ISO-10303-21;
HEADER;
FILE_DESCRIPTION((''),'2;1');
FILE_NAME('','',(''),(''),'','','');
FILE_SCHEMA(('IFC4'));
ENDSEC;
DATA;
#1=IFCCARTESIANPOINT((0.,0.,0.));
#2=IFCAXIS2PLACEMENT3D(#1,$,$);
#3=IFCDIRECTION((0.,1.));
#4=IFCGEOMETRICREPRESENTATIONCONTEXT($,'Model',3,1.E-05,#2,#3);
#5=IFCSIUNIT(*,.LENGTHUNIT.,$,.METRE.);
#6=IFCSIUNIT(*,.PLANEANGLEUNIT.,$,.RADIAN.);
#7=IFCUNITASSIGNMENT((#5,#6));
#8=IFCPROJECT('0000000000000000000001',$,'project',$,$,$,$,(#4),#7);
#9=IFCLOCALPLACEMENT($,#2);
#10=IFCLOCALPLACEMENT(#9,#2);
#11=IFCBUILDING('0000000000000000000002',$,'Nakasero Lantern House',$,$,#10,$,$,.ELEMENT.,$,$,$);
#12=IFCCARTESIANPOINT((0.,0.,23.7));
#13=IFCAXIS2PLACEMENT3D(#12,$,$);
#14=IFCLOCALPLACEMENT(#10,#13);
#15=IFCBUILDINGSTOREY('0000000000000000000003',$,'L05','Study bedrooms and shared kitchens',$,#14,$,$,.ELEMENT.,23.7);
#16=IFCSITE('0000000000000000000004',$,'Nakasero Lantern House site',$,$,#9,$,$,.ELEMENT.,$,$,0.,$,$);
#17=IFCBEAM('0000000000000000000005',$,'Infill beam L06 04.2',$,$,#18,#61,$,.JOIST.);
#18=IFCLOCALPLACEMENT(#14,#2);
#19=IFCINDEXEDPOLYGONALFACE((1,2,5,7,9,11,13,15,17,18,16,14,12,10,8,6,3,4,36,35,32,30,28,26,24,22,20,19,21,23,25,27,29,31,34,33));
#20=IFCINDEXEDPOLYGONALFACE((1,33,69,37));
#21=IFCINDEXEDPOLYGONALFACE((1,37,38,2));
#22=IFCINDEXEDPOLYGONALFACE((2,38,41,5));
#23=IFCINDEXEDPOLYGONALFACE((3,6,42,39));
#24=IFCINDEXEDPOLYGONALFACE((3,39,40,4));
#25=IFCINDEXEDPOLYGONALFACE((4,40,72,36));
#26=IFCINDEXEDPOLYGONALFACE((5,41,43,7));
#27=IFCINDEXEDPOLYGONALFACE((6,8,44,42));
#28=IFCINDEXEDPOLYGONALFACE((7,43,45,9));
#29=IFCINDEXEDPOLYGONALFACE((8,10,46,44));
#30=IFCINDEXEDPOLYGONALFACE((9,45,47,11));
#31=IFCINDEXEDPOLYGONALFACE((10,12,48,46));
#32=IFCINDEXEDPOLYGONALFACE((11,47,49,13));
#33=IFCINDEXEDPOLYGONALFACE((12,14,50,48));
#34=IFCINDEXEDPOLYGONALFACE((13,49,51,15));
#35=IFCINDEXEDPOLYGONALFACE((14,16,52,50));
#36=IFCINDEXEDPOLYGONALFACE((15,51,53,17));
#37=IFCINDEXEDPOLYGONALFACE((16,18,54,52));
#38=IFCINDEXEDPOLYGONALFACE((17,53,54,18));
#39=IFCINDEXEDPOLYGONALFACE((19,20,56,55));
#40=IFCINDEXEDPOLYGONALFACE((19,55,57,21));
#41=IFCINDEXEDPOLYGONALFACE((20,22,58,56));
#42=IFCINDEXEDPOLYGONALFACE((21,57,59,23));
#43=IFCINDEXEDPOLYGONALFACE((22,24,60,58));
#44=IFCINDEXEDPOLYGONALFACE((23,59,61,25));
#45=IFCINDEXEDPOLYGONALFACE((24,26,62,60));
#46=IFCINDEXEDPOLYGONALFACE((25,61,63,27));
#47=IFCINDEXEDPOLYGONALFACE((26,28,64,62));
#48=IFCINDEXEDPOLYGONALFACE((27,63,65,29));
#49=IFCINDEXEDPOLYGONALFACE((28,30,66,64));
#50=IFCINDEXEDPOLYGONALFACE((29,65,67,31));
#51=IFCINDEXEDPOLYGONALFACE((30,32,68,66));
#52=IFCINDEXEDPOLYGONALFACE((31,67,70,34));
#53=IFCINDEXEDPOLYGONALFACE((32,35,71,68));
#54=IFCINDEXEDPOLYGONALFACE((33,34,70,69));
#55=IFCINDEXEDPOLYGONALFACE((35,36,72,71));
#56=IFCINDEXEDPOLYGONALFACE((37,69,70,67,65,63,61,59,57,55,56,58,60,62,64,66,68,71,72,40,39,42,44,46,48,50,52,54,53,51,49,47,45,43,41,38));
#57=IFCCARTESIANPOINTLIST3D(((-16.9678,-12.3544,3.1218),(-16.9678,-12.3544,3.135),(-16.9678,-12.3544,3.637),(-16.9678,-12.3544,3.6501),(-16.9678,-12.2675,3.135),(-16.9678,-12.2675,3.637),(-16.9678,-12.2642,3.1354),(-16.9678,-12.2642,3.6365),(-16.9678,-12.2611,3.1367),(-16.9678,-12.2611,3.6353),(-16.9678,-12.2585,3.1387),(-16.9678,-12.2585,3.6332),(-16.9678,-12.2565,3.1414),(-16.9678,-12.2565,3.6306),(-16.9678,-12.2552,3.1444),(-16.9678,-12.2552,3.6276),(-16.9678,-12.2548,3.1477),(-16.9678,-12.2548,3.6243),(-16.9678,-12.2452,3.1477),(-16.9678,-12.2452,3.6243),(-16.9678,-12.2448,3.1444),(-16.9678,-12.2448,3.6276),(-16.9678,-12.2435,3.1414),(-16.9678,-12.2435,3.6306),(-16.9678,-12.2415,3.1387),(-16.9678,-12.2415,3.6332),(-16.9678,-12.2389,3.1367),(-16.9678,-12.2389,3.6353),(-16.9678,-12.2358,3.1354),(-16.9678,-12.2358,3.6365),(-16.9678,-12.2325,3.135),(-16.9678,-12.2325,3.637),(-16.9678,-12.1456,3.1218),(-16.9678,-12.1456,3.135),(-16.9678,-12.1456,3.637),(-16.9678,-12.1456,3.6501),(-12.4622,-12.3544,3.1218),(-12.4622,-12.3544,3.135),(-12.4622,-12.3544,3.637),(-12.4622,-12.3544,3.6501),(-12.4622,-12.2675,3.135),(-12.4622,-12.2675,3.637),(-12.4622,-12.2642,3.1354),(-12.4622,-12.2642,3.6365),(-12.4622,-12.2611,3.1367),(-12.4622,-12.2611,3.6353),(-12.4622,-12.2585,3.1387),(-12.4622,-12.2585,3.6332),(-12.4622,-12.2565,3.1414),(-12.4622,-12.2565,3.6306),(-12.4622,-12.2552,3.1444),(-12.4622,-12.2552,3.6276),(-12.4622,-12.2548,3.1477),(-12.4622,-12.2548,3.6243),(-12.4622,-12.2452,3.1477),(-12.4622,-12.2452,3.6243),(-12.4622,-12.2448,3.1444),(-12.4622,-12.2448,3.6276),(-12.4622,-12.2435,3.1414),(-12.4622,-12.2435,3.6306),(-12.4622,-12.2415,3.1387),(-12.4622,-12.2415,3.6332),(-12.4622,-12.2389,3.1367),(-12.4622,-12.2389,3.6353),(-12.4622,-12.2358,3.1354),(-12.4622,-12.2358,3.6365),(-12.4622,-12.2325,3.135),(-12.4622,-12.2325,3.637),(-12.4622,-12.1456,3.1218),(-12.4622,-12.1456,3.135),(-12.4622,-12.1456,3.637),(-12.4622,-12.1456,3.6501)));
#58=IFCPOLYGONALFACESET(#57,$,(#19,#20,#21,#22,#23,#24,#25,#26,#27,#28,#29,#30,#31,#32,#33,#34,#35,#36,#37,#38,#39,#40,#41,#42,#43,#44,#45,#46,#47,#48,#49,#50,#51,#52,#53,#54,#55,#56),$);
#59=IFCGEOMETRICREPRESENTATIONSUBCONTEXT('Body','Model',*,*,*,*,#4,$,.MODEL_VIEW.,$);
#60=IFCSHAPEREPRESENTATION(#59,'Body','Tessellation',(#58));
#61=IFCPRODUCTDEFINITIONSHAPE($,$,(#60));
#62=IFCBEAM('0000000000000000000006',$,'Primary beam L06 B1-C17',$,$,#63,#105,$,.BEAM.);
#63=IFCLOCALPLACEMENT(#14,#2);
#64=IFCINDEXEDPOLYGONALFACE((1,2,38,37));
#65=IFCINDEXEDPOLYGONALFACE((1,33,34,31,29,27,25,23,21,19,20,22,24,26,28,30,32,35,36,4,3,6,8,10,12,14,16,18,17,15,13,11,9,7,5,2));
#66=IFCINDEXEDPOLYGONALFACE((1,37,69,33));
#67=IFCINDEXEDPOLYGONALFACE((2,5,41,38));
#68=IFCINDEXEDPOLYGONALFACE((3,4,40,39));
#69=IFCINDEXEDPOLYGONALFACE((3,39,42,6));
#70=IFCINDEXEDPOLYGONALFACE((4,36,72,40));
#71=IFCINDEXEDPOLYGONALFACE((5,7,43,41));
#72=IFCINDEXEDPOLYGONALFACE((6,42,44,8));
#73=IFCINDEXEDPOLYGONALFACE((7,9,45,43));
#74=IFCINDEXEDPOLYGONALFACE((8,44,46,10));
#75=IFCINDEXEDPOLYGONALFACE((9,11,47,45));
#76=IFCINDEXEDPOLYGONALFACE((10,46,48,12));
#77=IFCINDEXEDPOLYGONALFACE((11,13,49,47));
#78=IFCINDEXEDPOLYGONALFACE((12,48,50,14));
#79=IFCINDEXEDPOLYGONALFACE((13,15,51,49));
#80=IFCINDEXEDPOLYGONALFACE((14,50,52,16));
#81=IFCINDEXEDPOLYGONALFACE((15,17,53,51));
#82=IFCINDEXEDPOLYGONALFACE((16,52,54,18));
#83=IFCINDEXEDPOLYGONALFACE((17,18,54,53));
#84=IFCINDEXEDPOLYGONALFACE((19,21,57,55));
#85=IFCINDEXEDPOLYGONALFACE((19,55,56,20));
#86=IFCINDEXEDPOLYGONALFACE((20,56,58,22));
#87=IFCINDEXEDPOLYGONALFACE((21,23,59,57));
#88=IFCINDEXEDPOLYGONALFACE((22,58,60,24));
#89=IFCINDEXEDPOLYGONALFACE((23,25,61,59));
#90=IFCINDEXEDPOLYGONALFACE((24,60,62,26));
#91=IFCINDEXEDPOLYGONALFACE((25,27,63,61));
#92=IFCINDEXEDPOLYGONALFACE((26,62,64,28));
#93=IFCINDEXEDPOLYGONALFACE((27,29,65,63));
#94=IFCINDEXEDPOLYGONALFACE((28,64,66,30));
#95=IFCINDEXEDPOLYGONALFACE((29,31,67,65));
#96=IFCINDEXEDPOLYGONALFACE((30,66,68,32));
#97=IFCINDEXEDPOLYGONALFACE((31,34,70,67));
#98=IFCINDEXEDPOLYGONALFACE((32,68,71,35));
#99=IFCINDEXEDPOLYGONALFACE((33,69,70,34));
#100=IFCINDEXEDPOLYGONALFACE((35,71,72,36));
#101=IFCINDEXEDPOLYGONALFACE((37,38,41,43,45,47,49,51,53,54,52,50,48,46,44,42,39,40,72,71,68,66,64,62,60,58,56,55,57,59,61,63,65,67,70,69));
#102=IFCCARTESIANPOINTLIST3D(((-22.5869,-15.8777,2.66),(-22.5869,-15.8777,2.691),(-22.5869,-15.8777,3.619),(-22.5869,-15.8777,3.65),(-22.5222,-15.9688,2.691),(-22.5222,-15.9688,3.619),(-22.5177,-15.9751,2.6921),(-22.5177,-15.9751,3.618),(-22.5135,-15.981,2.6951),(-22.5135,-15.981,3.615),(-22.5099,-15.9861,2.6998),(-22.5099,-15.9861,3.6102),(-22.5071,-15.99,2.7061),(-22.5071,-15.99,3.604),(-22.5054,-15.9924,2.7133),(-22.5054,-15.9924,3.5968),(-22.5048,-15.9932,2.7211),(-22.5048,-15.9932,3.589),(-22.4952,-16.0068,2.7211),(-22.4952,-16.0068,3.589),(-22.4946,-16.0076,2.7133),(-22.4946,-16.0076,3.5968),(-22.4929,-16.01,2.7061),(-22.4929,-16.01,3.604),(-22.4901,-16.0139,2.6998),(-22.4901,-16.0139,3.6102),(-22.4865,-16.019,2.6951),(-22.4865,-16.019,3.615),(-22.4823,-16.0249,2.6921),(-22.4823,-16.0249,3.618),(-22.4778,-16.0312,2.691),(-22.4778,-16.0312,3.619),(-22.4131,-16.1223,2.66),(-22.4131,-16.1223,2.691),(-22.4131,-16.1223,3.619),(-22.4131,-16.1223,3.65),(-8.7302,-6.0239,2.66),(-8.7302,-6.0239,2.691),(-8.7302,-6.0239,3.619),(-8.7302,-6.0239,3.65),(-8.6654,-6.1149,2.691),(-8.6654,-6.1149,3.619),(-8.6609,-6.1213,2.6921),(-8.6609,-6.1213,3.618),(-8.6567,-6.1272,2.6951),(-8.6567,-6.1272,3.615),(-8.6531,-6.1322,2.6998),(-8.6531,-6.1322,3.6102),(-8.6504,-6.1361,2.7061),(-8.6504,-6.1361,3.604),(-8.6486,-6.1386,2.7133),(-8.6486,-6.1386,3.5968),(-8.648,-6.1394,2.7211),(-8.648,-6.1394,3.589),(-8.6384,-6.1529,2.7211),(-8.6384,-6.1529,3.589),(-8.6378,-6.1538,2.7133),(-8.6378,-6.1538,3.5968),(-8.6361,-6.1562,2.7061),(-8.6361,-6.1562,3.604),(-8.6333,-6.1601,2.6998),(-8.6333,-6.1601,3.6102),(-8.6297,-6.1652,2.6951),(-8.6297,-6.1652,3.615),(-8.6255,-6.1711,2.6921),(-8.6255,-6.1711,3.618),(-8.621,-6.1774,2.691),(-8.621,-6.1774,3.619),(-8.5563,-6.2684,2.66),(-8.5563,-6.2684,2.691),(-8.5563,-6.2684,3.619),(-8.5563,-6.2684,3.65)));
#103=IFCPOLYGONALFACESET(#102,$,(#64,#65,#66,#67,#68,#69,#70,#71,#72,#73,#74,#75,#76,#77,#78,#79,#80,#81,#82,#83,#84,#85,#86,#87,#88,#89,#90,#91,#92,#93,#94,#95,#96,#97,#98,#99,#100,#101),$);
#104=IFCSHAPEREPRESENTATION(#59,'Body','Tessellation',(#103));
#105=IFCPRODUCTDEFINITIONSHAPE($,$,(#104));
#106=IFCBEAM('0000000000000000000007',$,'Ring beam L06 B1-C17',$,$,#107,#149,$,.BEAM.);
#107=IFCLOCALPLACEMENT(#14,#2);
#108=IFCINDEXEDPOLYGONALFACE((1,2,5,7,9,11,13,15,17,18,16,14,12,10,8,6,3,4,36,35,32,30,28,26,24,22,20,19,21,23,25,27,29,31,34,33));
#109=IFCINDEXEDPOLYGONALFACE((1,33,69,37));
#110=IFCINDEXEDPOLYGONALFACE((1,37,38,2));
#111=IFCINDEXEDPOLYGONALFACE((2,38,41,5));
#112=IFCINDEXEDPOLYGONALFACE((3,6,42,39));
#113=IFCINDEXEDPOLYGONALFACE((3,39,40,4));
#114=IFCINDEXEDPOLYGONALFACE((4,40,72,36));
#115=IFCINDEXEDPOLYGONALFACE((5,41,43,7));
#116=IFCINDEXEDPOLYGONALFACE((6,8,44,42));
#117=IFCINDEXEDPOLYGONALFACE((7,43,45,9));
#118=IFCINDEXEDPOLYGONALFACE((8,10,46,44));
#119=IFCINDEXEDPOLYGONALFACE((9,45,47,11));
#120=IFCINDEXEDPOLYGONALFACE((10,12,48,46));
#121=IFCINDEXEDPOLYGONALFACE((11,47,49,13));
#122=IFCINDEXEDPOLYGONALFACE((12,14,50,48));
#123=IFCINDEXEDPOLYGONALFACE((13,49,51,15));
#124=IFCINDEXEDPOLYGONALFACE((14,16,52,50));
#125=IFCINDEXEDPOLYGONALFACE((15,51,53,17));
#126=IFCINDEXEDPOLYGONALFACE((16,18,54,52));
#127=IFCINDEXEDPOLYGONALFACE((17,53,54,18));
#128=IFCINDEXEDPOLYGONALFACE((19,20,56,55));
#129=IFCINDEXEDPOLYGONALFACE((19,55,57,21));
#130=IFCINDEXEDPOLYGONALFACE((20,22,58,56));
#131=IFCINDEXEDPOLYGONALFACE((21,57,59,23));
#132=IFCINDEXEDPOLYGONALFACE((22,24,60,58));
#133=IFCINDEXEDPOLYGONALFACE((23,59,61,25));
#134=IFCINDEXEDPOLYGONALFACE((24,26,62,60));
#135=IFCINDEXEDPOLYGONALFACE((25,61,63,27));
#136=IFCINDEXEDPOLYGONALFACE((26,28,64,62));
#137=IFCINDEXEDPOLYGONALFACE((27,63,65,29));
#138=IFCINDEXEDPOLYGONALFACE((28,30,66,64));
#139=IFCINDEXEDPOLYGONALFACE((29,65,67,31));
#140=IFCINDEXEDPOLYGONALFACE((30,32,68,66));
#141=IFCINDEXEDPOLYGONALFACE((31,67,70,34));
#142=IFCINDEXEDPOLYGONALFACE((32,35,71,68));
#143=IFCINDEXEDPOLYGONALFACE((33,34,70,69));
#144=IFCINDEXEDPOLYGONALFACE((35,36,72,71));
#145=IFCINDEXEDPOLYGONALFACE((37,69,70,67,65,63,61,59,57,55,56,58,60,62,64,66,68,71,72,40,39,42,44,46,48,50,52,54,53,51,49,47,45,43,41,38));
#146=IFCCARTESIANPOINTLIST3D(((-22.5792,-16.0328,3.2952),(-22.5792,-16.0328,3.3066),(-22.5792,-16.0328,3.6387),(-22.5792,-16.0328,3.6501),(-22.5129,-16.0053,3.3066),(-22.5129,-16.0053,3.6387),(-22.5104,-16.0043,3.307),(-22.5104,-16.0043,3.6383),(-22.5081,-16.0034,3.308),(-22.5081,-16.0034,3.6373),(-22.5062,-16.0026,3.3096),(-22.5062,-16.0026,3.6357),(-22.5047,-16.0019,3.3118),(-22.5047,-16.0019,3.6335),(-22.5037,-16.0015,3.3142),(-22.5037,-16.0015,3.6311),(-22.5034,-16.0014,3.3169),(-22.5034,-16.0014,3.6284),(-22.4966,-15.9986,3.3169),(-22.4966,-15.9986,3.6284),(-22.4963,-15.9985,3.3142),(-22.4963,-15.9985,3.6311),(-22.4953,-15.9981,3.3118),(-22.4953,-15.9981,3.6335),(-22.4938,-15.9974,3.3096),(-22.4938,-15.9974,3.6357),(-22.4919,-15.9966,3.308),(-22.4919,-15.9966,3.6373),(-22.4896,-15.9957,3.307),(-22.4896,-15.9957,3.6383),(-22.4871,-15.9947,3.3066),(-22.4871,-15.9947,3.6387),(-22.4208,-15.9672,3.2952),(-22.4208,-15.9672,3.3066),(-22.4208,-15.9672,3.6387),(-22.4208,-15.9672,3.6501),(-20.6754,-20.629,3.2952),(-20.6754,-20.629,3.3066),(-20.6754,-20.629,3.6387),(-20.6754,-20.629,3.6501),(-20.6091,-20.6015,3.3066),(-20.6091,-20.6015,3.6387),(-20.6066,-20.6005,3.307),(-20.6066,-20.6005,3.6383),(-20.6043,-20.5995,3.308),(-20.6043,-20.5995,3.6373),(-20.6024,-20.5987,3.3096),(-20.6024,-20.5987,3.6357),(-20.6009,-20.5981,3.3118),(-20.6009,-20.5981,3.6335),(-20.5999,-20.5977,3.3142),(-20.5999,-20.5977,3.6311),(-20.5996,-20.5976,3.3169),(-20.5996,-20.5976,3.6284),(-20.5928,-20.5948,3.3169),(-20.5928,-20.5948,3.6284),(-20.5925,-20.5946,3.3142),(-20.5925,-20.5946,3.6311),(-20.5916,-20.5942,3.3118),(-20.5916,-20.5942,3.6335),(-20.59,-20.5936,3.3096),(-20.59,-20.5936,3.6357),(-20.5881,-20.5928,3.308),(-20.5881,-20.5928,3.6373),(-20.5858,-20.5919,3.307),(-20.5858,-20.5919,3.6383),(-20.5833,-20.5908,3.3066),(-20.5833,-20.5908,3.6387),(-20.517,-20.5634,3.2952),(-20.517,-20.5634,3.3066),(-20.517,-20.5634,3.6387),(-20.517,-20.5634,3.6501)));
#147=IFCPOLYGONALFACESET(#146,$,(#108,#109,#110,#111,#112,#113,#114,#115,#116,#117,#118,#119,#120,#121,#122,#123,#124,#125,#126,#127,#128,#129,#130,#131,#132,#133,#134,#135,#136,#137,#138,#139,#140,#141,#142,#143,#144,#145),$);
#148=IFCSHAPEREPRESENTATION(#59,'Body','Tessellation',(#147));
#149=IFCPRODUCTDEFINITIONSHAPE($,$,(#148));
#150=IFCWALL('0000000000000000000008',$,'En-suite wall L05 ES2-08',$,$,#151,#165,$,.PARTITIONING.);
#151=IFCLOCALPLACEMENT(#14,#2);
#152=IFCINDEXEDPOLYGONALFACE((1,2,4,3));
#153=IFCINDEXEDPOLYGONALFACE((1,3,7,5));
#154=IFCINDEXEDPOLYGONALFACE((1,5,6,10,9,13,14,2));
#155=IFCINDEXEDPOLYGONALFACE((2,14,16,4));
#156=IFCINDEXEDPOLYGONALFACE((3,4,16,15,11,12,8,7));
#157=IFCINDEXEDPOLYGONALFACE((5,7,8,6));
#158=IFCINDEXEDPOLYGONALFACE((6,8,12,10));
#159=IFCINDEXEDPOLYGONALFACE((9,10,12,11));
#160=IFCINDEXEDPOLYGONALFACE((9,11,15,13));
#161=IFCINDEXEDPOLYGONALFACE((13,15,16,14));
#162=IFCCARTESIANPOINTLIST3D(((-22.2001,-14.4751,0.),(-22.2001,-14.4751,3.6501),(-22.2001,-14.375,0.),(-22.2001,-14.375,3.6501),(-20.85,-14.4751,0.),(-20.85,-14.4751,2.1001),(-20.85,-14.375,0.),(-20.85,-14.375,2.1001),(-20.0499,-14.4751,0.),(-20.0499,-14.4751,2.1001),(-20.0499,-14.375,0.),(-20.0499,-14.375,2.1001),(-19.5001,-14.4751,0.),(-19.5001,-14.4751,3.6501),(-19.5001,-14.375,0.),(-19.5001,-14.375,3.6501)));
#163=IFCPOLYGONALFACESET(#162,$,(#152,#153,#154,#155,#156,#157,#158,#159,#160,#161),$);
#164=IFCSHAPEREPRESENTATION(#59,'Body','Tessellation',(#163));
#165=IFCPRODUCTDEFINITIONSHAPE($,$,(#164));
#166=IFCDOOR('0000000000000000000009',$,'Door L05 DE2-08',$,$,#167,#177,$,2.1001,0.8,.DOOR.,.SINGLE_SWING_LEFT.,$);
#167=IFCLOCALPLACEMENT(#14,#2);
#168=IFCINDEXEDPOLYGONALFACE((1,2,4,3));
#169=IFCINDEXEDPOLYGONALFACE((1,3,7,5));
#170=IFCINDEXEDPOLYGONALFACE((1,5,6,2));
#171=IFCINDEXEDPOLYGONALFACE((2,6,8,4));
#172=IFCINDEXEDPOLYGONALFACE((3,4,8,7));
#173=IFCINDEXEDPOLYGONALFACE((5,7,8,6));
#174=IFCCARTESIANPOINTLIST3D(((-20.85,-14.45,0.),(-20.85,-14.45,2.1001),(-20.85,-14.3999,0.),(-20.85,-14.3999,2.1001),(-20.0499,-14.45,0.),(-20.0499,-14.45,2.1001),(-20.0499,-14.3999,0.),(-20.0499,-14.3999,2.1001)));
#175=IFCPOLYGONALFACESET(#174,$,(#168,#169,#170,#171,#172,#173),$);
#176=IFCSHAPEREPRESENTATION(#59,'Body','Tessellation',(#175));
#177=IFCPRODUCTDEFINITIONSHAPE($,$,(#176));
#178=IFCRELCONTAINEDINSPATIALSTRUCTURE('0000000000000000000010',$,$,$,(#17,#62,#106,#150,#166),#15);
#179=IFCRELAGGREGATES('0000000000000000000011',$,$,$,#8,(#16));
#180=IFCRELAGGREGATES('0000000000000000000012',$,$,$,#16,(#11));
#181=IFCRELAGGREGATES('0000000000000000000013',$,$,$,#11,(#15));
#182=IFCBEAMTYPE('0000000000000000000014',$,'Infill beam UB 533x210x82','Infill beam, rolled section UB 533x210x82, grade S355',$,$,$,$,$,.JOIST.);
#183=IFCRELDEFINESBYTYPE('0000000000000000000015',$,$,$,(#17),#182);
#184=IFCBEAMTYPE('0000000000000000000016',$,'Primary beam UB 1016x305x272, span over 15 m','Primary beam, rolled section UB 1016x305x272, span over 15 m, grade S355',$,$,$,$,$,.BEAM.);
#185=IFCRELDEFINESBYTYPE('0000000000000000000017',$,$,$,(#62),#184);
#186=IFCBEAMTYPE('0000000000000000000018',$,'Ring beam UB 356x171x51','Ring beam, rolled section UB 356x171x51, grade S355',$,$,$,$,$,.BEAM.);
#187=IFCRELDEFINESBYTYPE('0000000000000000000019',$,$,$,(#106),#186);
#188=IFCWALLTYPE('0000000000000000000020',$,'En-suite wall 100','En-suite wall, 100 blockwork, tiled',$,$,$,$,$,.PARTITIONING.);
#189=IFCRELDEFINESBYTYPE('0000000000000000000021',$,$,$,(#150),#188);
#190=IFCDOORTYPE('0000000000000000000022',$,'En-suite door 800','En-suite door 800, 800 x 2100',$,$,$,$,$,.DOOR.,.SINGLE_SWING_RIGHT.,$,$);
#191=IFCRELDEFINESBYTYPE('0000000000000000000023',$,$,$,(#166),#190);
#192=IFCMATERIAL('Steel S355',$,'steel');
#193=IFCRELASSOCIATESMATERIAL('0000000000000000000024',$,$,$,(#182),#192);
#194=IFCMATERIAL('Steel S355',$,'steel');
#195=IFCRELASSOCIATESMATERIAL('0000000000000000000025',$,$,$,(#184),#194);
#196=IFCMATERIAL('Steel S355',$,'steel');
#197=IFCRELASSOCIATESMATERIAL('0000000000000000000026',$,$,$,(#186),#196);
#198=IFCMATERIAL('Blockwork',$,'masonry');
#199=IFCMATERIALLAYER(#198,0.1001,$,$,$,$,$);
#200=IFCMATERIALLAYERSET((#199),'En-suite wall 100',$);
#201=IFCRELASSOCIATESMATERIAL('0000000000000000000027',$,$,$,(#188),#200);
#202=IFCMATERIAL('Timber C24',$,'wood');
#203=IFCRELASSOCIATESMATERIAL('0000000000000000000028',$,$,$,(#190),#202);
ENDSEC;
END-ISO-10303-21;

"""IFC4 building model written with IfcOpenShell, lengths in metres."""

from ifc_helpers import new_model, si_unit, direction, frame, frame_2d, origin, origin_2d, place, context, subcontext, project, spatial, rectangle, i_section, extrude, material, layer, layer_set, material_profile, profile_set, type_object, element, fill, save


model = new_model("IFC4")

# Units and contexts
model_context = context("Model", 3, precision=1e-05, world=origin(), true_north=direction((0.0, 1.0)))
body_context = subcontext(model_context, "Body", "Model", "MODEL_VIEW")
ifc_project = project(units=[si_unit("LENGTHUNIT", "METRE"), si_unit("PLANEANGLEUNIT", "RADIAN")], contexts=[model_context])

# Site, building, storey
site_placement = place(None, origin())
site = spatial("IfcSite", under=ifc_project, at=site_placement, Name="Nakasero Lantern House site", CompositionType="ELEMENT", RefElevation=0.0)
building_placement = place(site_placement, origin())
building = spatial("IfcBuilding", under=site, at=building_placement, Name="Nakasero Lantern House", CompositionType="ELEMENT")
storey_placement = place(building_placement, frame((0.0, 0.0, 23.7)))
storey = spatial("IfcBuildingStorey", under=building, at=storey_placement, Name="L05", Description="Study bedrooms and shared kitchens", CompositionType="ELEMENT", Elevation=23.7)

# Beams
ifc_material_1 = material(Name="Steel S355", Category="steel")
ifc_material_profile_1 = material_profile(ifc_material_1, i_section(OverallWidth=0.2087, OverallDepth=0.5283, WebThickness=0.0095, FlangeThickness=0.0132, FilletRadius=0.0127, at=origin_2d()), Name="UB 533x210x82")
ifc_profile_set_1 = profile_set([ifc_material_profile_1], Name="Steel S355")
beam_type_1 = type_object("IfcBeamType", Name="Infill beam UB 533x210x82", Description="Infill beam, rolled section UB 533x210x82, grade S355", PredefinedType="JOIST", material=ifc_profile_set_1)
beam_1_placement = place(storey_placement, frame((-16.9678, -12.25, 3.386), z_axis=(1.0, 0.0, 0.0), x_axis=(0.0, 1.0, 0.0)))
element("IfcBeam", 1, at=beam_1_placement, inside=storey, type_object=beam_type_1, Name="Infill beam L06 04.2", PredefinedType="JOIST", context=body_context, shape_type="SweptSolid", body=[
    extrude(i_section(OverallWidth=0.2087, OverallDepth=0.5283, WebThickness=0.0095, FlangeThickness=0.0132, FilletRadius=0.0127, at=origin_2d()), origin(), (0.0, 0.0, 1.0), 4.5056),
])
ifc_material_2 = material(Name="Steel S355", Category="steel")
ifc_material_profile_2 = material_profile(ifc_material_2, i_section(OverallWidth=0.3, OverallDepth=0.99, WebThickness=0.0166, FlangeThickness=0.031, FilletRadius=0.03, at=origin_2d()), Name="UB 1016x305x272")
ifc_profile_set_2 = profile_set([ifc_material_profile_2], Name="Steel S355")
beam_type_2 = type_object("IfcBeamType", Name="Primary beam UB 1016x305x272, span over 15 m", Description="Primary beam, rolled section UB 1016x305x272, span over 15 m, grade S355", PredefinedType="BEAM", material=ifc_profile_set_2)
beam_2_placement = place(storey_placement, frame((-22.5, -16.0, 3.155), z_axis=(0.814952, 0.579528, 0.0), x_axis=(-0.579528, 0.814952, 0.0)))
element("IfcBeam", 2, at=beam_2_placement, inside=storey, type_object=beam_type_2, Name="Primary beam L06 B1-C17", PredefinedType="BEAM", context=body_context, shape_type="SweptSolid", body=[
    extrude(i_section(OverallWidth=0.3, OverallDepth=0.99, WebThickness=0.0166, FlangeThickness=0.031, FilletRadius=0.03, at=origin_2d()), origin(), (0.0, 0.0, 1.0), 17.0032),
])
ifc_material_3 = material(Name="Steel S355", Category="steel")
ifc_material_profile_3 = material_profile(ifc_material_3, i_section(OverallWidth=0.1714, OverallDepth=0.355, WebThickness=0.0073, FlangeThickness=0.0115, FilletRadius=0.0103, at=origin_2d()), Name="UB 356x171x51")
ifc_profile_set_3 = profile_set([ifc_material_profile_3], Name="Steel S355")
beam_type_3 = type_object("IfcBeamType", Name="Ring beam UB 356x171x51", Description="Ring beam, rolled section UB 356x171x51, grade S355", PredefinedType="BEAM", material=ifc_profile_set_3)
beam_3_placement = place(storey_placement, frame((-22.5, -16.0, 3.4727), z_axis=(0.382684, -0.923879, 0.0), x_axis=(0.923879, 0.382684, 0.0)))
element("IfcBeam", 3, at=beam_3_placement, inside=storey, type_object=beam_type_3, Name="Ring beam L06 B1-C17", PredefinedType="BEAM", context=body_context, shape_type="SweptSolid", body=[
    extrude(i_section(OverallWidth=0.1714, OverallDepth=0.355, WebThickness=0.0073, FlangeThickness=0.0115, FilletRadius=0.0103, at=origin_2d()), origin(), (0.0, 0.0, 1.0), 4.9749),
])

# Wall, opening, door
ifc_material_4 = material(Name="Blockwork", Category="masonry")
ifc_layer_1 = layer(ifc_material_4, 0.1001)
ifc_layer_set_1 = layer_set([ifc_layer_1], Name="En-suite wall 100")
wall_type_1 = type_object("IfcWallType", Name="En-suite wall 100", Description="En-suite wall, 100 blockwork, tiled", PredefinedType="PARTITIONING", material=ifc_layer_set_1)
wall_1_placement = place(storey_placement, frame((-19.5, -14.425, 0.0), z_axis=(0.0, 0.0, 1.0), x_axis=(-1.0, 0.0, 0.0)))
wall_1 = element("IfcWall", 4, at=wall_1_placement, inside=storey, type_object=wall_type_1, Name="En-suite wall L05 ES2-08", PredefinedType="PARTITIONING", context=body_context, shape_type="SweptSolid", body=[
    extrude(rectangle(XDim=2.7, YDim=0.1001, at=frame_2d((1.3501, 0.0))), origin(), (0.0, 0.0, 1.0), 3.6501),
])
opening_1_placement = place(wall_1_placement, frame((0.55, 0.0, 0.0)))
opening_1 = element("IfcOpeningElement", 5, at=opening_1_placement, cuts=wall_1, PredefinedType="OPENING", context=body_context, shape_type="SweptSolid", body=[
    extrude(rectangle(XDim=0.8, YDim=2.1001, at=frame_2d((0.3999, 1.05))), frame((0.0, 0.0701, 0.0), z_axis=(0.0, -1.0, 0.0), x_axis=(1.0, 0.0, 0.0)), (0.0, 0.0, 1.0), 0.1401),
])
ifc_material_5 = material(Name="Timber C24", Category="wood")
door_type_1 = type_object("IfcDoorType", Name="En-suite door 800", Description="En-suite door 800, 800 x 2100", OperationType="SINGLE_SWING_RIGHT", PredefinedType="DOOR", material=ifc_material_5)
door_1_placement = place(opening_1_placement, origin())
door_1 = element("IfcDoor", 6, at=door_1_placement, inside=storey, type_object=door_type_1, Name="Door L05 DE2-08", OperationType="SINGLE_SWING_LEFT", OverallHeight=2.1001, OverallWidth=0.8, PredefinedType="DOOR", context=body_context, shape_type="SweptSolid", body=[
    extrude(rectangle(XDim=0.8, YDim=2.1001, at=frame_2d((0.3999, 1.05))), frame((0.0, 0.0249, 0.0), z_axis=(0.0, -1.0, 0.0), x_axis=(1.0, 0.0, 0.0)), (0.0, 0.0, 1.0), 0.05),
])
fill(opening_1, door_1)

save(model, "model.ifc")
